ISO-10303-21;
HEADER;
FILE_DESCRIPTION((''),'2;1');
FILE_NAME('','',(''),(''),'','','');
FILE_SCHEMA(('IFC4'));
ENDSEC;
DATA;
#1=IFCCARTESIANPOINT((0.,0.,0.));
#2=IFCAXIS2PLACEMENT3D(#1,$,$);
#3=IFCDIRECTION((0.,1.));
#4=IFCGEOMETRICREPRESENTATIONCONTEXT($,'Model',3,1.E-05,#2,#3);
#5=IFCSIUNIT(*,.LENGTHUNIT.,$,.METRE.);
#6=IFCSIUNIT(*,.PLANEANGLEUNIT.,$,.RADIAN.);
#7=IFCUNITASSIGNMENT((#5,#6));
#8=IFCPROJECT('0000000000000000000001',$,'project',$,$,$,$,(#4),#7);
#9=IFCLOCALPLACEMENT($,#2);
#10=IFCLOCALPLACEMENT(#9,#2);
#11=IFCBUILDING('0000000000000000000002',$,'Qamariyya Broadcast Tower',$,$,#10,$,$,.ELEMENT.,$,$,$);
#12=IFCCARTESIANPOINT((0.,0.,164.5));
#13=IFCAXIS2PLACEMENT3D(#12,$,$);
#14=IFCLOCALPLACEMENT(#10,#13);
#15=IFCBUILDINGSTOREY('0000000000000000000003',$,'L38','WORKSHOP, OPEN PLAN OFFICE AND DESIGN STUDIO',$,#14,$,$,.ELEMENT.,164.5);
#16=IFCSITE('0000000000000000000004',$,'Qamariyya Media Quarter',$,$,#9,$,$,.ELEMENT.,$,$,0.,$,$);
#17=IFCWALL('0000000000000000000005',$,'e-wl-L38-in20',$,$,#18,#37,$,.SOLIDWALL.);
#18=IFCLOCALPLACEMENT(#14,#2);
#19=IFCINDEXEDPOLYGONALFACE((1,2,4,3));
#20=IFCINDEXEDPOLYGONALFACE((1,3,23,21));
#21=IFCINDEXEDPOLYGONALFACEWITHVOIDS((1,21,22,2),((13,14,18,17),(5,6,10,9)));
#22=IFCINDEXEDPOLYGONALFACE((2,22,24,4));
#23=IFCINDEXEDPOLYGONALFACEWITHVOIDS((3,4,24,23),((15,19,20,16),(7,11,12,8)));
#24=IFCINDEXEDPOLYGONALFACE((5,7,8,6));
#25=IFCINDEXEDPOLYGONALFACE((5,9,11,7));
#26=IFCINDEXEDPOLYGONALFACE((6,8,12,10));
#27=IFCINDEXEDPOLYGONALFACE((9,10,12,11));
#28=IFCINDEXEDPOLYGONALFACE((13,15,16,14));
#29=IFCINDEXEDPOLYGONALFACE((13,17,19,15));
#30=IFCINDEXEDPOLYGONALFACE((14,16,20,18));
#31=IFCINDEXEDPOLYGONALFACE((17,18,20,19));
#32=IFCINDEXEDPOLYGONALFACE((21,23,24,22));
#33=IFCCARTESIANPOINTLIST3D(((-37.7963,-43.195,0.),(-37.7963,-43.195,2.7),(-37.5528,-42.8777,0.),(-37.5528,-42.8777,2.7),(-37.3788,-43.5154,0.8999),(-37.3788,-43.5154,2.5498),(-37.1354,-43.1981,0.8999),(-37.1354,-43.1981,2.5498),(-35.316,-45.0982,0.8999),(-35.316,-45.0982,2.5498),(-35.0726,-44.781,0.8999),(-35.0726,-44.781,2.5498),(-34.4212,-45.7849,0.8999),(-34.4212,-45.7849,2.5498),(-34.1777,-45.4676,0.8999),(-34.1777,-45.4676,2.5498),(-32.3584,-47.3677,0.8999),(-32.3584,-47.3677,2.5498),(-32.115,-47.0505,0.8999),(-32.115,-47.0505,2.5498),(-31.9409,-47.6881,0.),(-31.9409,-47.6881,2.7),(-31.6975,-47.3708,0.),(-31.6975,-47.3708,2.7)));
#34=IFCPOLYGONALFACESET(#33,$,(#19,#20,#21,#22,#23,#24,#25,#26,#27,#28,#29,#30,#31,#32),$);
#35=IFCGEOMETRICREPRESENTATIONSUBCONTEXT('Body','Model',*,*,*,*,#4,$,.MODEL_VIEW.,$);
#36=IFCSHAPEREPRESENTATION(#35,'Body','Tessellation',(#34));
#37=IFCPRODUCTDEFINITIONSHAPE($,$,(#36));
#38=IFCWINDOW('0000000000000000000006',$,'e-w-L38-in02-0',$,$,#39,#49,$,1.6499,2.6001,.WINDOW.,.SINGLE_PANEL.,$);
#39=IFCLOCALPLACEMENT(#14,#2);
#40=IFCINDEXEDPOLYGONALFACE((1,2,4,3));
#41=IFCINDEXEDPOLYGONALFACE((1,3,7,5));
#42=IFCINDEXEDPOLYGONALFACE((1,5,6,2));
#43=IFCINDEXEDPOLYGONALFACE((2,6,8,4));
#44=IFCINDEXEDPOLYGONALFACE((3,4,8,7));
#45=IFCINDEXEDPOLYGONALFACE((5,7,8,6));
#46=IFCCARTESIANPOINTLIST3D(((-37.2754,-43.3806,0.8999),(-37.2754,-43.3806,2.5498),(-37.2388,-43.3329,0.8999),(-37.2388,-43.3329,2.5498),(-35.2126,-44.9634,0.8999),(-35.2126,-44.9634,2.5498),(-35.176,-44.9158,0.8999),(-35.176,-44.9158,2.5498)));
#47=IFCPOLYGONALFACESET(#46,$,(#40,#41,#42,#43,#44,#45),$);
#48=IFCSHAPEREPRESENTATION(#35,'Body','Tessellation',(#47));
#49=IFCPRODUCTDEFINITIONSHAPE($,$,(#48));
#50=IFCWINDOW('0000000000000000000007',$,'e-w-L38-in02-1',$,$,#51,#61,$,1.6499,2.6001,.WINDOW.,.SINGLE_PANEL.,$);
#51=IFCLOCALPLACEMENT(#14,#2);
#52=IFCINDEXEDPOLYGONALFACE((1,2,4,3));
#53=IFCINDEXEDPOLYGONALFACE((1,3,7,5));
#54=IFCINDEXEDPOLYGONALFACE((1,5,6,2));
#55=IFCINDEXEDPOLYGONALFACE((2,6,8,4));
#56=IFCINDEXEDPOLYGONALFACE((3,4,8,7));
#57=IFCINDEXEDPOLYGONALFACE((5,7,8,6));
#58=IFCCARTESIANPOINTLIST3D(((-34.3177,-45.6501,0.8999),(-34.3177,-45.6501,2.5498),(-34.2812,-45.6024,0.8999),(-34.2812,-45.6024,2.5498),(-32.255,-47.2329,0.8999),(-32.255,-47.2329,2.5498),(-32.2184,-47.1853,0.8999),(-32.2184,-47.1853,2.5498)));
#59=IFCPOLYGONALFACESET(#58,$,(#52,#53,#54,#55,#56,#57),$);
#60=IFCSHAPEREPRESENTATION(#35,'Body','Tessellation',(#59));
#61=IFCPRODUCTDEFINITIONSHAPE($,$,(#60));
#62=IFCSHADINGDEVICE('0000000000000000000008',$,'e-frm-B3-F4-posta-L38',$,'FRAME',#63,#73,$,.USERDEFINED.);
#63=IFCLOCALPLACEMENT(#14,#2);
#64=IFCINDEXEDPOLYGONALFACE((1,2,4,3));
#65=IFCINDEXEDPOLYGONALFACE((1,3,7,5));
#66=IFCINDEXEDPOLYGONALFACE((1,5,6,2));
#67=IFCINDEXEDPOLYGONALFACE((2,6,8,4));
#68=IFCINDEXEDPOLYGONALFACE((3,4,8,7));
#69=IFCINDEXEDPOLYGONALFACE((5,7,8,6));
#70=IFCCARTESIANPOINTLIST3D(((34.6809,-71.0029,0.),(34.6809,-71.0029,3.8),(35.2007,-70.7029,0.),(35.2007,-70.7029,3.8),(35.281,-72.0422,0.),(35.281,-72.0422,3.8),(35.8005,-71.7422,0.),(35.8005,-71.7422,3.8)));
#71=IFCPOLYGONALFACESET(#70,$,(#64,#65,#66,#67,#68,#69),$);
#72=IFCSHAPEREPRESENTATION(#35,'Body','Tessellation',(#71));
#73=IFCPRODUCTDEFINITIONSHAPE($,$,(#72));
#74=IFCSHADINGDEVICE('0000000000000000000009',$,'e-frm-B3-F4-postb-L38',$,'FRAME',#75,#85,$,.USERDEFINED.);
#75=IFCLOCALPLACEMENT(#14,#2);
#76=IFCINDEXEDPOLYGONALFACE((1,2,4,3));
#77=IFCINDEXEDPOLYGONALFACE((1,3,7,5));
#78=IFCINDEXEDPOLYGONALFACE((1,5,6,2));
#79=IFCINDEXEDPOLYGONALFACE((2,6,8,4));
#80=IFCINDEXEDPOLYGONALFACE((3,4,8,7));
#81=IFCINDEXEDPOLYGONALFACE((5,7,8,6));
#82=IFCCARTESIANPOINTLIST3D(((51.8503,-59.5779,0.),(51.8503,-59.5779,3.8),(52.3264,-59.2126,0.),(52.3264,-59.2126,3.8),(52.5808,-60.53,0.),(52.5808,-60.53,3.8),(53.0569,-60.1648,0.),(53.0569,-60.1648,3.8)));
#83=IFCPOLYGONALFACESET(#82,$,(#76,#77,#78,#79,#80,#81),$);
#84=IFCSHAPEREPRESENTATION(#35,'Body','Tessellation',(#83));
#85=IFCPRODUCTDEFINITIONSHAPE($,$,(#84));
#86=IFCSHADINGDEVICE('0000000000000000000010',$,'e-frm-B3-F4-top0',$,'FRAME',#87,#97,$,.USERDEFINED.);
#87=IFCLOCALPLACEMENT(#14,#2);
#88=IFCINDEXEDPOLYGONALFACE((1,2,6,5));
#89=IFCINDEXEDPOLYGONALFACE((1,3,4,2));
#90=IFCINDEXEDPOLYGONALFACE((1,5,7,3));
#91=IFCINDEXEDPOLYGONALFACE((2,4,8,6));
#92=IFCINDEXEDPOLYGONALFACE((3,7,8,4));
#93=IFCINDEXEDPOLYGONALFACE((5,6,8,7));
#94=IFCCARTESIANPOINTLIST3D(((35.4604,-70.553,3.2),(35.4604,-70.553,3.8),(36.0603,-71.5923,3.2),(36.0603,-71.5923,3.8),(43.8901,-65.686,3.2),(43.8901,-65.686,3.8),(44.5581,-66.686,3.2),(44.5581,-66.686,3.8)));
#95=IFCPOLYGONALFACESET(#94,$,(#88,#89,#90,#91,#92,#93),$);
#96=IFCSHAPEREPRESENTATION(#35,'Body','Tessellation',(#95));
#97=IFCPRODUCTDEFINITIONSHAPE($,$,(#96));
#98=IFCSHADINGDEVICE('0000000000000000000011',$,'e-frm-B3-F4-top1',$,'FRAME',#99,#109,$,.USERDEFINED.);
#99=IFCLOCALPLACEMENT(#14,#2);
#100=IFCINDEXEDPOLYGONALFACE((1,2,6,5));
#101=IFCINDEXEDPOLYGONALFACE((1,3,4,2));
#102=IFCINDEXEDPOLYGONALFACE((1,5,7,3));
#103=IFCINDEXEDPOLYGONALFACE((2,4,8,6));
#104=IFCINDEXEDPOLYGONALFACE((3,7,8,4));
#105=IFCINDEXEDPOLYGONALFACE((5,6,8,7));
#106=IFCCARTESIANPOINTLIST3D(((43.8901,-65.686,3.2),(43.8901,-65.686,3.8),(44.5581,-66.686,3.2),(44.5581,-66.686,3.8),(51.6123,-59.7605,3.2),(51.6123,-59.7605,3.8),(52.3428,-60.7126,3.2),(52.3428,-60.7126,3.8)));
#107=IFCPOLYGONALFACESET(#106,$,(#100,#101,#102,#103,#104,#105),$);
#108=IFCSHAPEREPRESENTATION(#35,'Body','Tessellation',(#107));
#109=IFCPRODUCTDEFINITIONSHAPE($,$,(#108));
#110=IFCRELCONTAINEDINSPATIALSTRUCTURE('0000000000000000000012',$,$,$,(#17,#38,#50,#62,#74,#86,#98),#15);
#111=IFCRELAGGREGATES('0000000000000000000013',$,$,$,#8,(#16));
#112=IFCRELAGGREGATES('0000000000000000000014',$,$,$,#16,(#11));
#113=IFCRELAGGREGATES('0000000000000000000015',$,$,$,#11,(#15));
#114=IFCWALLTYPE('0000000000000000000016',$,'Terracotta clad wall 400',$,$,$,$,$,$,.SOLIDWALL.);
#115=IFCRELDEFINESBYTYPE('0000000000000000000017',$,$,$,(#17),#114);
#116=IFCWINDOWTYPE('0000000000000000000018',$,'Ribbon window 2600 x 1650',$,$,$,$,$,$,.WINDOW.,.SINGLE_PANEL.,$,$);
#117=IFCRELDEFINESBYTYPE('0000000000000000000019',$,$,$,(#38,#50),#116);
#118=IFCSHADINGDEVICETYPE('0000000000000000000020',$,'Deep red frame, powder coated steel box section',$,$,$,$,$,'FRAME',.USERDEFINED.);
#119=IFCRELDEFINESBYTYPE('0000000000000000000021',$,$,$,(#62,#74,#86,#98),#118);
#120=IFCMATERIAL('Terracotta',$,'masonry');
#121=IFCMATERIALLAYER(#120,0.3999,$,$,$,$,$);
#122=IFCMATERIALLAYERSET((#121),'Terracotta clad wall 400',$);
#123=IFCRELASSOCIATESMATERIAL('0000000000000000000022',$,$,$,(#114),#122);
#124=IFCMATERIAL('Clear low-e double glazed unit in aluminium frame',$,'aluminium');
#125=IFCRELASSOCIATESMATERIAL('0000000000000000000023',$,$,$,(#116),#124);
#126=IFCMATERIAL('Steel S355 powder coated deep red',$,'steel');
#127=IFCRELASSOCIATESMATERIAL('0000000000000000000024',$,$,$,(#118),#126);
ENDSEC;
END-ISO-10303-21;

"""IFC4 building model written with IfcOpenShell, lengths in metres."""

from ifc_helpers import new_model, si_unit, direction, frame, frame_2d, origin, place, context, subcontext, project, spatial, polyline, rectangle, outline, extrude, material, layer, layer_set, type_object, element, fill, save


model = new_model("IFC4")

# Units and contexts
model_context = context("Model", 3, precision=1e-05, world=origin(), true_north=direction((0.0, 1.0)))
body_context = subcontext(model_context, "Body", "Model", "MODEL_VIEW")
ifc_project = project(units=[si_unit("LENGTHUNIT", "METRE"), si_unit("PLANEANGLEUNIT", "RADIAN")], contexts=[model_context])

# Site, building, storey
site_placement = place(None, origin())
site = spatial("IfcSite", under=ifc_project, at=site_placement, Name="Qamariyya Media Quarter", CompositionType="ELEMENT", RefElevation=0.0)
building_placement = place(site_placement, origin())
building = spatial("IfcBuilding", under=site, at=building_placement, Name="Qamariyya Broadcast Tower", CompositionType="ELEMENT")
storey_placement = place(building_placement, frame((0.0, 0.0, 164.5)))
storey = spatial("IfcBuildingStorey", under=building, at=storey_placement, Name="L38", Description="WORKSHOP, OPEN PLAN OFFICE AND DESIGN STUDIO", CompositionType="ELEMENT", Elevation=164.5)

# Wall, openings, windows
ifc_material_1 = material(Name="Terracotta", Category="masonry")
ifc_layer_1 = layer(ifc_material_1, 0.3999)
ifc_layer_set_1 = layer_set([ifc_layer_1], Name="Terracotta clad wall 400")
wall_type = type_object("IfcWallType", Name="Terracotta clad wall 400", PredefinedType="SOLIDWALL", material=ifc_layer_set_1)
ifc_material_2 = material(Name="Clear low-e double glazed unit in aluminium frame", Category="aluminium")
window_type = type_object("IfcWindowType", Name="Ribbon window 2600 x 1650", PartitioningType="SINGLE_PANEL", PredefinedType="WINDOW", material=ifc_material_2)
wall_1_placement = place(storey_placement, frame((-31.8191, -47.5295, 0.0), z_axis=(0.0, 0.0, 1.0), x_axis=(-0.793346, 0.60877, 0.0)))
wall_1 = element("IfcWall", 1, at=wall_1_placement, inside=storey, type_object=wall_type, Name="e-wl-L38-in20", PredefinedType="SOLIDWALL", context=body_context, shape_type="SweptSolid", body=[
    extrude(rectangle(XDim=7.3806, YDim=0.3999, at=frame_2d((3.6904, 0.0))), origin(), (0.0, 0.0, 1.0), 2.7),
])
opening_1_placement = place(wall_1_placement, frame((4.2544, 0.0, 0.8999)))
opening_1 = element("IfcOpeningElement", 2, at=opening_1_placement, cuts=wall_1, PredefinedType="OPENING", context=body_context, shape_type="SweptSolid", body=[
    extrude(rectangle(XDim=2.6001, YDim=1.6499, at=frame_2d((1.3, 0.825))), frame((0.0, 0.21, 0.0), z_axis=(0.0, -1.0, 0.0), x_axis=(1.0, 0.0, 0.0)), (0.0, 0.0, 1.0), 0.4199),
])
opening_2_placement = place(wall_1_placement, frame((0.5264, 0.0, 0.8999)))
opening_2 = element("IfcOpeningElement", 3, at=opening_2_placement, cuts=wall_1, PredefinedType="OPENING", context=body_context, shape_type="SweptSolid", body=[
    extrude(rectangle(XDim=2.6001, YDim=1.6499, at=frame_2d((1.3, 0.825))), frame((0.0, 0.21, 0.0), z_axis=(0.0, -1.0, 0.0), x_axis=(1.0, 0.0, 0.0)), (0.0, 0.0, 1.0), 0.4199),
])
window_1_placement = place(opening_1_placement, origin())
window_1 = element("IfcWindow", 4, at=window_1_placement, inside=storey, type_object=window_type, Name="e-w-L38-in02-0", OverallHeight=1.6499, OverallWidth=2.6001, PartitioningType="SINGLE_PANEL", PredefinedType="WINDOW", context=body_context, shape_type="SweptSolid", body=[
    extrude(rectangle(XDim=2.6001, YDim=1.6499, at=frame_2d((1.3, 0.825))), frame((0.0, 0.03, 0.0), z_axis=(0.0, -1.0, 0.0), x_axis=(1.0, 0.0, 0.0)), (0.0, 0.0, 1.0), 0.0601),
])
fill(opening_1, window_1)
window_2_placement = place(opening_2_placement, origin())
window_2 = element("IfcWindow", 5, at=window_2_placement, inside=storey, type_object=window_type, Name="e-w-L38-in02-1", OverallHeight=1.6499, OverallWidth=2.6001, PartitioningType="SINGLE_PANEL", PredefinedType="WINDOW", context=body_context, shape_type="SweptSolid", body=[
    extrude(rectangle(XDim=2.6001, YDim=1.6499, at=frame_2d((1.3, 0.825))), frame((0.0, 0.03, 0.0), z_axis=(0.0, -1.0, 0.0), x_axis=(1.0, 0.0, 0.0)), (0.0, 0.0, 1.0), 0.0601),
])
fill(opening_2, window_2)

# Shading devices
ifc_material_3 = material(Name="Steel S355 powder coated deep red", Category="steel")
shading_device_type = type_object("IfcShadingDeviceType", Name="Deep red frame, powder coated steel box section", ElementType="FRAME", PredefinedType="USERDEFINED", material=ifc_material_3)
shading_device_1_placement = place(storey_placement, origin())
element("IfcShadingDevice", 6, at=shading_device_1_placement, inside=storey, type_object=shading_device_type, Name="e-frm-B3-F4-posta-L38", ObjectType="FRAME", PredefinedType="USERDEFINED", context=body_context, shape_type="SweptSolid", body=[
    extrude(outline(polyline([(34.6809, -71.0029), (35.281, -72.0422), (35.8005, -71.7422), (35.2007, -70.7029), (34.6809, -71.0029)])), origin(), (0.0, 0.0, 1.0), 3.8),
])
shading_device_2_placement = place(storey_placement, origin())
element("IfcShadingDevice", 7, at=shading_device_2_placement, inside=storey, type_object=shading_device_type, Name="e-frm-B3-F4-postb-L38", ObjectType="FRAME", PredefinedType="USERDEFINED", context=body_context, shape_type="SweptSolid", body=[
    extrude(outline(polyline([(51.8503, -59.5779), (52.5808, -60.53), (53.0569, -60.1648), (52.3264, -59.2126), (51.8503, -59.5779)])), origin(), (0.0, 0.0, 1.0), 3.8),
])
shading_device_3_placement = place(storey_placement, frame((0.0, 0.0, 3.2)))
element("IfcShadingDevice", 8, at=shading_device_3_placement, inside=storey, type_object=shading_device_type, Name="e-frm-B3-F4-top0", ObjectType="FRAME", PredefinedType="USERDEFINED", context=body_context, shape_type="SweptSolid", body=[
    extrude(outline(polyline([(35.4604, -70.553), (36.0603, -71.5923), (44.5581, -66.686), (43.8901, -65.686), (35.4604, -70.553)])), origin(), (0.0, 0.0, 1.0), 0.6001),
])
shading_device_4_placement = place(storey_placement, frame((0.0, 0.0, 3.2)))
element("IfcShadingDevice", 9, at=shading_device_4_placement, inside=storey, type_object=shading_device_type, Name="e-frm-B3-F4-top1", ObjectType="FRAME", PredefinedType="USERDEFINED", context=body_context, shape_type="SweptSolid", body=[
    extrude(outline(polyline([(43.8901, -65.686), (44.5581, -66.686), (52.3428, -60.7126), (51.6123, -59.7605), (43.8901, -65.686)])), origin(), (0.0, 0.0, 1.0), 0.6001),
])

save(model, "model.ifc")
